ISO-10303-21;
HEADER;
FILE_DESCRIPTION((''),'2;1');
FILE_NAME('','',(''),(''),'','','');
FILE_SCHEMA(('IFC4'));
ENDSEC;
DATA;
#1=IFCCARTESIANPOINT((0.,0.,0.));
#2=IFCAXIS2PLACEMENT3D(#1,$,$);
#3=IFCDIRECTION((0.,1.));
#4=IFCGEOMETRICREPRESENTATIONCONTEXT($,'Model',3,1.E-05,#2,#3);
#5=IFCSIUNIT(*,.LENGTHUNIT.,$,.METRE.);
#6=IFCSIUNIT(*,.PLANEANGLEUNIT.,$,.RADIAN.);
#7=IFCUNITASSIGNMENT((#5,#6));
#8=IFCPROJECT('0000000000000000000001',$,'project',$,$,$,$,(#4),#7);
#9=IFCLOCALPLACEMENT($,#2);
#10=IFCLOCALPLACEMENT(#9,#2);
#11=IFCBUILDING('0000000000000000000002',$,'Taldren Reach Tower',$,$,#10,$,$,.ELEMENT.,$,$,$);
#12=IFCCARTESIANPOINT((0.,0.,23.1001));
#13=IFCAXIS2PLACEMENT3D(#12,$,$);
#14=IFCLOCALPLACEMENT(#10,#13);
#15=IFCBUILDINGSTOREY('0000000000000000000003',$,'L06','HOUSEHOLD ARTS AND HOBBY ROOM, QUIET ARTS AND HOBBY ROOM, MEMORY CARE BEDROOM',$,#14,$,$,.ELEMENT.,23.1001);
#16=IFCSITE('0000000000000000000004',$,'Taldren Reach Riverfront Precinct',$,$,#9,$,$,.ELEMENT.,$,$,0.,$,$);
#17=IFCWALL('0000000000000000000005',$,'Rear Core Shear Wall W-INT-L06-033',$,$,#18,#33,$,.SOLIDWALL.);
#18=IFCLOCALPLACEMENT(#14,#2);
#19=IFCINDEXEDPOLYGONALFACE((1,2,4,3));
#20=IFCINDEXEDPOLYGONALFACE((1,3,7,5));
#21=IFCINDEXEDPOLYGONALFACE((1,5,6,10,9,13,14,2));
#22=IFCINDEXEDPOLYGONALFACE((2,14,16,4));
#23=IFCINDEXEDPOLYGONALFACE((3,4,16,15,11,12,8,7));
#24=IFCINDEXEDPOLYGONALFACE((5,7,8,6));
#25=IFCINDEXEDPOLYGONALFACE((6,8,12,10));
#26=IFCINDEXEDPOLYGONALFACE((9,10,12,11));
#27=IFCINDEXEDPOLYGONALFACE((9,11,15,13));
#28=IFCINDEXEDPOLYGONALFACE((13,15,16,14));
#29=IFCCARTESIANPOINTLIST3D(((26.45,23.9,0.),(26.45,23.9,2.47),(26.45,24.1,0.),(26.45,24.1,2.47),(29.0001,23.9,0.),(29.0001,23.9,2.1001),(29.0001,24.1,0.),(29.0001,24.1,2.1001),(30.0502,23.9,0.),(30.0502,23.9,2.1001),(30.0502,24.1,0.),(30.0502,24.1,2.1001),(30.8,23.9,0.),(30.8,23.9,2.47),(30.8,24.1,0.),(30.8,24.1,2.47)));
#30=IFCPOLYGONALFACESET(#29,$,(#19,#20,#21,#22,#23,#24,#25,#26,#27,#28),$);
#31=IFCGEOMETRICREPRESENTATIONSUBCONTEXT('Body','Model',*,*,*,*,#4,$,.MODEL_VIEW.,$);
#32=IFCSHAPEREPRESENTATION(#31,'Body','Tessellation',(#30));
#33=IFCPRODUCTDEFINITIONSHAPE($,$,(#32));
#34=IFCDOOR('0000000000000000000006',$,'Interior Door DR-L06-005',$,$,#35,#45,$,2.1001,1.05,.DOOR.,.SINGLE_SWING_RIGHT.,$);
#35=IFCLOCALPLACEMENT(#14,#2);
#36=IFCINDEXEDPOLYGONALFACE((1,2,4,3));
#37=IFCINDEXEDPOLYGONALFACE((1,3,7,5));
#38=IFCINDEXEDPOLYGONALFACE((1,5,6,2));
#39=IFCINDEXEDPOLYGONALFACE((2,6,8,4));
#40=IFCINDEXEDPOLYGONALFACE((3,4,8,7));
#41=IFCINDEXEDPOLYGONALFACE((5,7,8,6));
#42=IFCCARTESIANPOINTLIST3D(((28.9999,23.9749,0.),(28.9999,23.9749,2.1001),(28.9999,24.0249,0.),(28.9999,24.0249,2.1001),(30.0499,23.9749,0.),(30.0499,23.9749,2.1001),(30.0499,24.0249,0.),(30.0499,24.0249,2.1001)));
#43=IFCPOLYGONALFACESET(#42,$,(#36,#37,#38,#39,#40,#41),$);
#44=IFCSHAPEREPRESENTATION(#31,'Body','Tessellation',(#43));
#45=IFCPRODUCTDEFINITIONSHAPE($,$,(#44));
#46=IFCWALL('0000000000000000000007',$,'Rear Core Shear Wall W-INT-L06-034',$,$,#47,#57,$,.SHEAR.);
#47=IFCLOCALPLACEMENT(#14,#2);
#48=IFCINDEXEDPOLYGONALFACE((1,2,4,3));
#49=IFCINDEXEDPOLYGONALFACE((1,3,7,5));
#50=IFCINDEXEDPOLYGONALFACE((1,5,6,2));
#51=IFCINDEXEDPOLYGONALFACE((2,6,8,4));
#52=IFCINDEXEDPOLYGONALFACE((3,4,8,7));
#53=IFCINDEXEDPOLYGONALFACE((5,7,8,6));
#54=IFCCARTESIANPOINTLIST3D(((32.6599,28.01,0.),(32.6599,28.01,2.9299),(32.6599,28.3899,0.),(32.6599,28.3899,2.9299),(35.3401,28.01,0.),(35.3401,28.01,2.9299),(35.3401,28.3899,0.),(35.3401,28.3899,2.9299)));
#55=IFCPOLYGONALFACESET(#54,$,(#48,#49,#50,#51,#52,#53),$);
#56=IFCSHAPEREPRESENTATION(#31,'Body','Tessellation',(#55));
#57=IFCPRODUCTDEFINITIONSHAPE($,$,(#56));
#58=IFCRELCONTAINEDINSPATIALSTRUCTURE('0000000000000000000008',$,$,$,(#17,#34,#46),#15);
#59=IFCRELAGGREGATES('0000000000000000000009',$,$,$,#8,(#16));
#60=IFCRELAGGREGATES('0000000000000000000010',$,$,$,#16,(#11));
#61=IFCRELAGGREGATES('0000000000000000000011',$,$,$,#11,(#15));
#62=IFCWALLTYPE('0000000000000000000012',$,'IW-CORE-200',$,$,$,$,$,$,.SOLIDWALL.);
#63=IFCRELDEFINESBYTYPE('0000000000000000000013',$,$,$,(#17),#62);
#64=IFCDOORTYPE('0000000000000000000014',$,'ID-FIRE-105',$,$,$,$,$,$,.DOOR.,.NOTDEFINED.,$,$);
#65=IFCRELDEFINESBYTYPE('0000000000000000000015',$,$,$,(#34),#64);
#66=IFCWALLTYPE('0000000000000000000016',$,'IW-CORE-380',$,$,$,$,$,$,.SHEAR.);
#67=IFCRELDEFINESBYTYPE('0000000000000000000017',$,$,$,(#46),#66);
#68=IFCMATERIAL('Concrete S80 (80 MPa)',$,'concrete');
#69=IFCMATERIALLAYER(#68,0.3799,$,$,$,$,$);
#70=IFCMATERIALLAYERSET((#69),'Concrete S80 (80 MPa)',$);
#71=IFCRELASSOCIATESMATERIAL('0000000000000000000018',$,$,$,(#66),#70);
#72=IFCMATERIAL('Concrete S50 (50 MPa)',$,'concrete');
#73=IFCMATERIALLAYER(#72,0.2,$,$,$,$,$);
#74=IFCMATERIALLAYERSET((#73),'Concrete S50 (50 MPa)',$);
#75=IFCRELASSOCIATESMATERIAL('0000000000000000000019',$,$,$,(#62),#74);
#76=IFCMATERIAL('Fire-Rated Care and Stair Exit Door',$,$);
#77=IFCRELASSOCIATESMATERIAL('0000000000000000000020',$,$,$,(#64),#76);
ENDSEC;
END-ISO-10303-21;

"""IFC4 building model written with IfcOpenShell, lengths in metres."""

from ifc_helpers import new_model, si_unit, direction, frame, frame_2d, origin, place, context, subcontext, project, spatial, rectangle, extrude, source, transform, mapped, material, layer, layer_set, type_object, element, fill, save


model = new_model("IFC4")

# Units and contexts
model_context = context("Model", 3, precision=1e-05, world=origin(), true_north=direction((0.0, 1.0)))
body_context = subcontext(model_context, "Body", "Model", "MODEL_VIEW")
ifc_project = project(units=[si_unit("LENGTHUNIT", "METRE"), si_unit("PLANEANGLEUNIT", "RADIAN")], contexts=[model_context])

# Site, building, storey
site_placement = place(None, origin())
site = spatial("IfcSite", under=ifc_project, at=site_placement, Name="Taldren Reach Riverfront Precinct", CompositionType="ELEMENT", RefElevation=0.0)
building_placement = place(site_placement, origin())
building = spatial("IfcBuilding", under=site, at=building_placement, Name="Taldren Reach Tower", CompositionType="ELEMENT")
storey_placement = place(building_placement, frame((0.0, 0.0, 23.1001)))
storey = spatial("IfcBuildingStorey", under=building, at=storey_placement, Name="L06", Description="HOUSEHOLD ARTS AND HOBBY ROOM, QUIET ARTS AND HOBBY ROOM, MEMORY CARE BEDROOM", CompositionType="ELEMENT", Elevation=23.1001)

# Shared definitions
ifc_material_1 = material(Name="Concrete S80 (80 MPa)", Category="concrete")
ifc_layer_1 = layer(ifc_material_1, 0.3799)
ifc_layer_set_1 = layer_set([ifc_layer_1], Name="Concrete S80 (80 MPa)")
wall_type_1 = type_object("IfcWallType", Name="IW-CORE-380", PredefinedType="SHEAR", material=ifc_layer_set_1)
ifc_material_2 = material(Name="Concrete S50 (50 MPa)", Category="concrete")
ifc_layer_2 = layer(ifc_material_2, 0.2)
ifc_layer_set_2 = layer_set([ifc_layer_2], Name="Concrete S50 (50 MPa)")
wall_type_2 = type_object("IfcWallType", Name="IW-CORE-200", PredefinedType="SOLIDWALL", material=ifc_layer_set_2)

# Wall, opening, door
shared_shape_1 = source(origin(), body_context, "Body", "SweptSolid", [
    extrude(rectangle(XDim=4.3501, YDim=0.2, at=frame_2d((2.175, 0.0))), origin(), (0.0, 0.0, 1.0), 2.47),
])
wall_1_placement = place(storey_placement, frame((30.8, 24.0, 0.0), z_axis=(0.0, 0.0, 1.0), x_axis=(-1.0, 0.0, 0.0)))
wall_1 = element("IfcWall", 1, at=wall_1_placement, inside=storey, type_object=wall_type_2, Name="Rear Core Shear Wall W-INT-L06-033", PredefinedType="SOLIDWALL", context=body_context, shape_type="MappedRepresentation", body=[
    mapped(shared_shape_1, transform((0.0, 0.0, 0.0), scale=1.0)),
])
shared_shape_2 = source(origin(), body_context, "Body", "SweptSolid", [
    extrude(rectangle(XDim=1.05, YDim=2.1001, at=frame_2d((0.5249, 1.05))), frame((0.0, 0.1099, 0.0), z_axis=(0.0, -1.0, 0.0), x_axis=(1.0, 0.0, 0.0)), (0.0, 0.0, 1.0), 0.22),
])
opening_1_placement = place(wall_1_placement, frame((0.75, 0.0, 0.0)))
opening_1 = element("IfcOpeningElement", 2, at=opening_1_placement, cuts=wall_1, PredefinedType="OPENING", context=body_context, shape_type="MappedRepresentation", body=[
    mapped(shared_shape_2, transform((0.0, 0.0, 0.0), scale=1.0)),
])
ifc_material_3 = material(Name="Fire-Rated Care and Stair Exit Door")
door_type_1 = type_object("IfcDoorType", Name="ID-FIRE-105", OperationType="NOTDEFINED", PredefinedType="DOOR", material=ifc_material_3)
shared_shape_3 = source(origin(), body_context, "Body", "SweptSolid", [
    extrude(rectangle(XDim=1.05, YDim=2.1001, at=frame_2d((0.5249, 1.05))), frame((0.0, 0.0249, 0.0), z_axis=(0.0, -1.0, 0.0), x_axis=(1.0, 0.0, 0.0)), (0.0, 0.0, 1.0), 0.05),
])
door_1_placement = place(opening_1_placement, frame((1.05, 0.0, 0.0), z_axis=(0.0, 0.0, 1.0), x_axis=(-1.0, 0.0, 0.0)))
door_1 = element("IfcDoor", 3, at=door_1_placement, inside=storey, type_object=door_type_1, Name="Interior Door DR-L06-005", OperationType="SINGLE_SWING_RIGHT", OverallHeight=2.1001, OverallWidth=1.05, PredefinedType="DOOR", context=body_context, shape_type="MappedRepresentation", body=[
    mapped(shared_shape_3, transform((0.0, 0.0, 0.0), scale=1.0)),
])
fill(opening_1, door_1)

# Wall
shared_shape_4 = source(origin(), body_context, "Body", "SweptSolid", [
    extrude(rectangle(XDim=2.6802, YDim=0.3799, at=frame_2d((1.3401, 0.0))), origin(), (0.0, 0.0, 1.0), 2.9299),
])
wall_2_placement = place(storey_placement, frame((32.6599, 28.2, 0.0), z_axis=(0.0, 0.0, 1.0), x_axis=(1.0, 0.0, 0.0)))
element("IfcWall", 4, at=wall_2_placement, inside=storey, type_object=wall_type_1, Name="Rear Core Shear Wall W-INT-L06-034", PredefinedType="SHEAR", context=body_context, shape_type="MappedRepresentation", body=[
    mapped(shared_shape_4, transform((0.0, 0.0, 0.0), scale=1.0)),
])

save(model, "model.ifc")
